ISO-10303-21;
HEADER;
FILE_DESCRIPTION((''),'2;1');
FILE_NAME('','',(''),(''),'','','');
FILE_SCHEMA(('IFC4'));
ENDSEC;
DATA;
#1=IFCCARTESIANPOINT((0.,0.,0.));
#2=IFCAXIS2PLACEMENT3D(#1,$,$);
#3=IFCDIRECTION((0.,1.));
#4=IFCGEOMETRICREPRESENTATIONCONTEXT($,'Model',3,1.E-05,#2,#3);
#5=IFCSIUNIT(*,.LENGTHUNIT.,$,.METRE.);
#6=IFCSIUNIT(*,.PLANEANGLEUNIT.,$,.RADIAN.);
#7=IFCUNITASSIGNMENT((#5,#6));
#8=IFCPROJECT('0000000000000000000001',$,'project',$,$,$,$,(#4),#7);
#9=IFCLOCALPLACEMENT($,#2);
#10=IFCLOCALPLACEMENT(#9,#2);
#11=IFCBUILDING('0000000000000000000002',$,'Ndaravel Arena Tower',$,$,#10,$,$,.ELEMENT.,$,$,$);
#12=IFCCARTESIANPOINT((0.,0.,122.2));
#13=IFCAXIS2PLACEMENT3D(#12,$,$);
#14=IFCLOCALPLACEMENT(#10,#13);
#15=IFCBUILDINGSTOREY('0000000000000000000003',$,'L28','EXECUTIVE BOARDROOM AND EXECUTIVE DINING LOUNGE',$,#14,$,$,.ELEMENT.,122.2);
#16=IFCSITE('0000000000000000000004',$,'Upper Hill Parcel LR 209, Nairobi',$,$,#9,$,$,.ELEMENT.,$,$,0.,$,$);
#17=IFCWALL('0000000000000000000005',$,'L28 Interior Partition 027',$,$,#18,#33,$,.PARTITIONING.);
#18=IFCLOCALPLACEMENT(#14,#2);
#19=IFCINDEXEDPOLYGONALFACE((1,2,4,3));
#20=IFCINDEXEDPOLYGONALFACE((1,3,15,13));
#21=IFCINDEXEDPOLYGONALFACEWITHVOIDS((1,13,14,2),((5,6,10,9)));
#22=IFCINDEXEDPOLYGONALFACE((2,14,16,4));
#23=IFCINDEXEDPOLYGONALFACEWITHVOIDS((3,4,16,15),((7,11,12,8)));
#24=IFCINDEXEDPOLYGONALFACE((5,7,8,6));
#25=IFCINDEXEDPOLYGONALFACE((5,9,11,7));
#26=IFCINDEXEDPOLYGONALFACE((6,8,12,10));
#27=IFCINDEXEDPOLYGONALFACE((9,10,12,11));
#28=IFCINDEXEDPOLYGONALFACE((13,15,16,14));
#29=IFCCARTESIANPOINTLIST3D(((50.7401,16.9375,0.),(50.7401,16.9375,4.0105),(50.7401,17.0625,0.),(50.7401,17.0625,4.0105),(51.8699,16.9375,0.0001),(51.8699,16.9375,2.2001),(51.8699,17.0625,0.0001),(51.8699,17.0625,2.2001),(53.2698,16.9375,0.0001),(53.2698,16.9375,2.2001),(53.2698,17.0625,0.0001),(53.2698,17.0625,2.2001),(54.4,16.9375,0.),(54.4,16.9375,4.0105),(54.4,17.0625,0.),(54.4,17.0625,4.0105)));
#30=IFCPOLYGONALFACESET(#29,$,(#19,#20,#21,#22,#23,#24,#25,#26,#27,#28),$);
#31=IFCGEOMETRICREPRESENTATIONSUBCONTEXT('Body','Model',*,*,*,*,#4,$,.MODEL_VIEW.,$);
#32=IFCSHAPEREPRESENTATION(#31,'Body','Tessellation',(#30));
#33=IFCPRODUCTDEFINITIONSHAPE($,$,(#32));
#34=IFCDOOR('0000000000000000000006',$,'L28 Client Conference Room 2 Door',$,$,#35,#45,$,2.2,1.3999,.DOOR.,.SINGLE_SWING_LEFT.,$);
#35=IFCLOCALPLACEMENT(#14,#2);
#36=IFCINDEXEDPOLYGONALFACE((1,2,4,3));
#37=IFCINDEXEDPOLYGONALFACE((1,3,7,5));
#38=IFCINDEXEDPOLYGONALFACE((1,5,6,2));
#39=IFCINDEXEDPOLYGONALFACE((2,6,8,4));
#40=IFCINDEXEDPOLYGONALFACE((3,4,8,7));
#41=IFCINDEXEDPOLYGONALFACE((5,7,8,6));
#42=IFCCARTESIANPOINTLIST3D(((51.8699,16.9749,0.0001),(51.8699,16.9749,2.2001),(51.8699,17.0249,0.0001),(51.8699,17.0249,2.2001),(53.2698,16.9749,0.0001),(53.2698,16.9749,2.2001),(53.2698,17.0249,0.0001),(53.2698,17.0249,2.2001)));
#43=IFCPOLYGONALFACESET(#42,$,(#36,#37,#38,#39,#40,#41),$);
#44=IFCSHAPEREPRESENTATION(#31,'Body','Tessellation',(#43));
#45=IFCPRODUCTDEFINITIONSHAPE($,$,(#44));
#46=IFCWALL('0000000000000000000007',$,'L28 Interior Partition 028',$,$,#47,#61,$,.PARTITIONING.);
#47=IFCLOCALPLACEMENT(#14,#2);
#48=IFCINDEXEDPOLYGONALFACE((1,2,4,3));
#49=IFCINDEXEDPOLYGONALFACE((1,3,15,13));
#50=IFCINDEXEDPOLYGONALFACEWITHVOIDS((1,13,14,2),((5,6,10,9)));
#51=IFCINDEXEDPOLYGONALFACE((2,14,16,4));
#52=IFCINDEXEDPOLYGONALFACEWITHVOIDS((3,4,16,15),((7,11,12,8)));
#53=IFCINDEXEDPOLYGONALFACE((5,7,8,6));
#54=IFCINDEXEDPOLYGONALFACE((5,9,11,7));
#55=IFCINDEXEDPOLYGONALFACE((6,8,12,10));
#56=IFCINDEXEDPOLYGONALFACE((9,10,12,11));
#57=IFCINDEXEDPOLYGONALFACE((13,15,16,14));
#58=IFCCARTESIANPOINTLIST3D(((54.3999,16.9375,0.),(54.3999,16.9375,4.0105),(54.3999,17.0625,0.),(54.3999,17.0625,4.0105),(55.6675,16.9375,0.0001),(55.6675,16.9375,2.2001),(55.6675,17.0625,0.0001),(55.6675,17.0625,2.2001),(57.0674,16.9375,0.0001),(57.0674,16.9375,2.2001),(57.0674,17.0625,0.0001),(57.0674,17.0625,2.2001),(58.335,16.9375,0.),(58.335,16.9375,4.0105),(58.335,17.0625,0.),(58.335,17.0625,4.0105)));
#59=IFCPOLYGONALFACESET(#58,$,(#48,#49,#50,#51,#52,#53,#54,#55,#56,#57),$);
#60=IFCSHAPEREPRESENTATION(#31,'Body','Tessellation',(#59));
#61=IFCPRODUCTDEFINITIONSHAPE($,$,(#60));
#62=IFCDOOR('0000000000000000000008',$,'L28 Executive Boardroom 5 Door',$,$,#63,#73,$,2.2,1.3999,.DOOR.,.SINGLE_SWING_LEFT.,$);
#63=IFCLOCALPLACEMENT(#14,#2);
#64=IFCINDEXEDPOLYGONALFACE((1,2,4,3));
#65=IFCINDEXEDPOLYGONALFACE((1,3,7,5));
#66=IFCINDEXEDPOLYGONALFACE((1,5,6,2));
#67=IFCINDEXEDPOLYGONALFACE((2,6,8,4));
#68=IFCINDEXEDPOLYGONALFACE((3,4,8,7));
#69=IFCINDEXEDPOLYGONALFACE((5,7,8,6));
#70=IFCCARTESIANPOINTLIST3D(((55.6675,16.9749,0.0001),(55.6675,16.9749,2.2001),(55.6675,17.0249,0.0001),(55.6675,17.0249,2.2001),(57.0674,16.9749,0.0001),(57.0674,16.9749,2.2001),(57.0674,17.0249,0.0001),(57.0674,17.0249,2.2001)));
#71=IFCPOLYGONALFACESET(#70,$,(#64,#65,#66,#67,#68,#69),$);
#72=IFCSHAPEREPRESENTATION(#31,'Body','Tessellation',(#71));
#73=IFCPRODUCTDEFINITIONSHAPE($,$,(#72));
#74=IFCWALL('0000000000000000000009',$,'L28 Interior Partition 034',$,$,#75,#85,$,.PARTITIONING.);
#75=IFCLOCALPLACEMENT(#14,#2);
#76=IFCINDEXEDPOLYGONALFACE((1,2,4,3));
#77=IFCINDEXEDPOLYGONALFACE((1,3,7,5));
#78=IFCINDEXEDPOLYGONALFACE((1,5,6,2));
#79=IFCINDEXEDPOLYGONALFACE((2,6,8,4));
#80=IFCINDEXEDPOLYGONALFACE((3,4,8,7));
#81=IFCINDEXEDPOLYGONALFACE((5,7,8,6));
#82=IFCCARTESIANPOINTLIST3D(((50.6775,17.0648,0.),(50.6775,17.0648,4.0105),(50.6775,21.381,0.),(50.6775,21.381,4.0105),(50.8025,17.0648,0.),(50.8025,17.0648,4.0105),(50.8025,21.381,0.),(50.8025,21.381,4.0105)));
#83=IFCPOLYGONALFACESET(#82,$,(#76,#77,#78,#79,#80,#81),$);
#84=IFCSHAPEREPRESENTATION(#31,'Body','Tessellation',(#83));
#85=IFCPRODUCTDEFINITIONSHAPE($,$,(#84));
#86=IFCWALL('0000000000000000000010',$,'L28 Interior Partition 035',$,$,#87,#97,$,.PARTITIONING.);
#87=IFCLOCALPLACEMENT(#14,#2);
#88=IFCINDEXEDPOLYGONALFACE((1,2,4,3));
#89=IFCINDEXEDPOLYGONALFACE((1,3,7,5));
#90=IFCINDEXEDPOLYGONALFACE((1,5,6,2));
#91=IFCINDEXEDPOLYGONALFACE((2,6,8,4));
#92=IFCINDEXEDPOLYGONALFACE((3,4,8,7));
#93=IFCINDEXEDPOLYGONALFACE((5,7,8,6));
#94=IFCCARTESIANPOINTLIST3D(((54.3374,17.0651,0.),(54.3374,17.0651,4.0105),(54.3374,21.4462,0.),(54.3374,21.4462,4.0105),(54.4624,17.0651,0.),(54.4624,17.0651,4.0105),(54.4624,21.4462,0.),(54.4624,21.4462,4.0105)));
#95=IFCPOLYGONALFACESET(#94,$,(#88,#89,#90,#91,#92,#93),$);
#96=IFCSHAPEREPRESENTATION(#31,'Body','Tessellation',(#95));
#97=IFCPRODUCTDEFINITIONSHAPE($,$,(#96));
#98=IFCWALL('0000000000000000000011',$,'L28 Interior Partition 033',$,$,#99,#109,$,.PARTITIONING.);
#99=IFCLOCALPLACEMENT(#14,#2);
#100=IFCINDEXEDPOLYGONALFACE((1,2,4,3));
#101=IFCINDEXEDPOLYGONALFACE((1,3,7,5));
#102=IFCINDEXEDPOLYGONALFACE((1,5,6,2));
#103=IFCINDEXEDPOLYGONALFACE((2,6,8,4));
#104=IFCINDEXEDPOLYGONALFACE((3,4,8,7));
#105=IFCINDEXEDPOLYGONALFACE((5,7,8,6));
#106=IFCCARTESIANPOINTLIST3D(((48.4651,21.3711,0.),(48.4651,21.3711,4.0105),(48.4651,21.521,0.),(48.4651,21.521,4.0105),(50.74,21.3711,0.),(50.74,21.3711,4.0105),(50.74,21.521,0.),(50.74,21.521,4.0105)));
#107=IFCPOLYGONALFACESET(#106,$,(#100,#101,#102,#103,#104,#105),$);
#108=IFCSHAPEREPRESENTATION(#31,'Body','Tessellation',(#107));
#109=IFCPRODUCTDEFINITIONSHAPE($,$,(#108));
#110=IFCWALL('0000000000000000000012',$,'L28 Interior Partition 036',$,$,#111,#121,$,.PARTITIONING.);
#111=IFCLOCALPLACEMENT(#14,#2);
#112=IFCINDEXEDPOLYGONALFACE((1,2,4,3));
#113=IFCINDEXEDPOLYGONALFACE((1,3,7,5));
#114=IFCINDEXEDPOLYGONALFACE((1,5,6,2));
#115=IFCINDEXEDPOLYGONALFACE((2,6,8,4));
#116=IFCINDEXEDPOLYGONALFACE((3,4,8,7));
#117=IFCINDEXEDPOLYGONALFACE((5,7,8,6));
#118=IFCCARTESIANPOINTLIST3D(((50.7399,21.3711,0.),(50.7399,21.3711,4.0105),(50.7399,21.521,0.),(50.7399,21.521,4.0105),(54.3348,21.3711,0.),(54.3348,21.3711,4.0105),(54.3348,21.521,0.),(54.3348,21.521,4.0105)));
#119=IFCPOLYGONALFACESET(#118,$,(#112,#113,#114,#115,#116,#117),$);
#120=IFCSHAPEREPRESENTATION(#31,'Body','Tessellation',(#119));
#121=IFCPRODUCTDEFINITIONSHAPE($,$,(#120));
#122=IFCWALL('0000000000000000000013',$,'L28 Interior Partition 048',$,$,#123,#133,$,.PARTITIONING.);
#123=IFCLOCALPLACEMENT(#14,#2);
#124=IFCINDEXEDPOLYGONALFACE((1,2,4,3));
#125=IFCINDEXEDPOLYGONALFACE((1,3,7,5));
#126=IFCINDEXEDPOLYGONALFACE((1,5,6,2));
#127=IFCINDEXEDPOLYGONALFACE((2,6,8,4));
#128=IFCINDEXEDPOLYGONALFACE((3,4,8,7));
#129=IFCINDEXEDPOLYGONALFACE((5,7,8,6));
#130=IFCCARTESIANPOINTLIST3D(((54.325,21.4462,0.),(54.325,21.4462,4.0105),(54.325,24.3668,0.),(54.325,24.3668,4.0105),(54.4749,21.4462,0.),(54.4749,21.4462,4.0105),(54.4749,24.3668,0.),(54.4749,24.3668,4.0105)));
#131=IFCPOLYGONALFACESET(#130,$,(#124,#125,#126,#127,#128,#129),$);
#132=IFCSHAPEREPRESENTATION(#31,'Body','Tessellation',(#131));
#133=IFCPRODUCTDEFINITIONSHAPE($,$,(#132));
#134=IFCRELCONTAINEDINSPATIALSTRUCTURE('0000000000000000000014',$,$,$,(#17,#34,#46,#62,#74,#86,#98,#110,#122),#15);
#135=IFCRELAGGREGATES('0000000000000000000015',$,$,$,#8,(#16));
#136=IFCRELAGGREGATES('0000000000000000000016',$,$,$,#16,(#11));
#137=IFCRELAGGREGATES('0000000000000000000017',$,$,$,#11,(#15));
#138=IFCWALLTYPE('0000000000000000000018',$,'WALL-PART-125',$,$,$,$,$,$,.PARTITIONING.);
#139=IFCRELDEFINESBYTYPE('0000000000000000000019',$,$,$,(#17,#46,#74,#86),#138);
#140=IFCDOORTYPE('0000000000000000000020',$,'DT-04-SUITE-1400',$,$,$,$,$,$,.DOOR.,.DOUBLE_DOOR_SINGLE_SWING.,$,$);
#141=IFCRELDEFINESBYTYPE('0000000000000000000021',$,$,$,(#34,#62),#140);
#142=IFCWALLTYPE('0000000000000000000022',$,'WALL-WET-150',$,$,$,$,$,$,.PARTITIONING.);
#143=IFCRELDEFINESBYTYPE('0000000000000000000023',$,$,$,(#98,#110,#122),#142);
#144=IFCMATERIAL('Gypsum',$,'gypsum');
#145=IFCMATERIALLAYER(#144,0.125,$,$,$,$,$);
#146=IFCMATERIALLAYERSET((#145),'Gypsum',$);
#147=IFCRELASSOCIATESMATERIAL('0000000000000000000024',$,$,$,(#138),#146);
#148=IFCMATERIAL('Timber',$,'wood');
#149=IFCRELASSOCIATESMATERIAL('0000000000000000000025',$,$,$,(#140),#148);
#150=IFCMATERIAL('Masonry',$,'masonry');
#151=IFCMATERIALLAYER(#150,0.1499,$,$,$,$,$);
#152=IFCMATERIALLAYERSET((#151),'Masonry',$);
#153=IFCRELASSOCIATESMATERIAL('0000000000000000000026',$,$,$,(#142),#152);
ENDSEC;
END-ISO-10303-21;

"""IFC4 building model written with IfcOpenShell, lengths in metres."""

from ifc_helpers import new_model, si_unit, direction, frame, frame_2d, origin, place, context, subcontext, project, spatial, rectangle, extrude, material, layer, layer_set, type_object, element, fill, save


model = new_model("IFC4")

# Units and contexts
model_context = context("Model", 3, precision=1e-05, world=origin(), true_north=direction((0.0, 1.0)))
body_context = subcontext(model_context, "Body", "Model", "MODEL_VIEW")
ifc_project = project(units=[si_unit("LENGTHUNIT", "METRE"), si_unit("PLANEANGLEUNIT", "RADIAN")], contexts=[model_context])

# Site, building, storey
site_placement = place(None, origin())
site = spatial("IfcSite", under=ifc_project, at=site_placement, Name="Upper Hill Parcel LR 209, Nairobi", CompositionType="ELEMENT", RefElevation=0.0)
building_placement = place(site_placement, origin())
building = spatial("IfcBuilding", under=site, at=building_placement, Name="Ndaravel Arena Tower", CompositionType="ELEMENT")
storey_placement = place(building_placement, frame((0.0, 0.0, 122.2)))
storey = spatial("IfcBuildingStorey", under=building, at=storey_placement, Name="L28", Description="EXECUTIVE BOARDROOM AND EXECUTIVE DINING LOUNGE", CompositionType="ELEMENT", Elevation=122.2)

# Shared definitions
ifc_material_1 = material(Name="Gypsum", Category="gypsum")
ifc_layer_1 = layer(ifc_material_1, 0.125)
ifc_layer_set_1 = layer_set([ifc_layer_1], Name="Gypsum")
wall_type_1 = type_object("IfcWallType", Name="WALL-PART-125", PredefinedType="PARTITIONING", material=ifc_layer_set_1)

# Walls, openings, doors
wall_1_placement = place(storey_placement, frame((50.74, 17.0, 0.0), z_axis=(0.0, 0.0, 1.0), x_axis=(1.0, 0.0, 0.0)))
wall_1 = element("IfcWall", 1, at=wall_1_placement, inside=storey, type_object=wall_type_1, Name="L28 Interior Partition 027", PredefinedType="PARTITIONING", context=body_context, shape_type="SweptSolid", body=[
    extrude(rectangle(XDim=3.6599, YDim=0.125, at=frame_2d((1.8301, 0.0))), origin(), (0.0, 0.0, 1.0), 4.0105),
])
opening_1_placement = place(wall_1_placement, frame((1.1299, 0.0, 0.0)))
opening_1 = element("IfcOpeningElement", 2, at=opening_1_placement, cuts=wall_1, PredefinedType="OPENING", context=body_context, shape_type="SweptSolid", body=[
    extrude(rectangle(XDim=1.3999, YDim=2.2, at=frame_2d((0.7, 1.1001))), frame((0.0, 0.0625, 0.0), z_axis=(0.0, -1.0, 0.0), x_axis=(1.0, 0.0, 0.0)), (0.0, 0.0, 1.0), 0.125),
])
ifc_material_2 = material(Name="Timber", Category="wood")
door_type_1 = type_object("IfcDoorType", Name="DT-04-SUITE-1400", OperationType="DOUBLE_DOOR_SINGLE_SWING", PredefinedType="DOOR", material=ifc_material_2)
door_1_placement = place(opening_1_placement, origin())
door_1 = element("IfcDoor", 3, at=door_1_placement, inside=storey, type_object=door_type_1, Name="L28 Client Conference Room 2 Door", OperationType="SINGLE_SWING_LEFT", OverallHeight=2.2, OverallWidth=1.3999, PredefinedType="DOOR", context=body_context, shape_type="SweptSolid", body=[
    extrude(rectangle(XDim=1.3999, YDim=2.2, at=frame_2d((0.7, 1.1001))), frame((0.0, 0.0249, 0.0), z_axis=(0.0, -1.0, 0.0), x_axis=(1.0, 0.0, 0.0)), (0.0, 0.0, 1.0), 0.05),
])
fill(opening_1, door_1)
wall_2_placement = place(storey_placement, frame((54.3999, 17.0, 0.0), z_axis=(0.0, 0.0, 1.0), x_axis=(1.0, 0.0, 0.0)))
wall_2 = element("IfcWall", 4, at=wall_2_placement, inside=storey, type_object=wall_type_1, Name="L28 Interior Partition 028", PredefinedType="PARTITIONING", context=body_context, shape_type="SweptSolid", body=[
    extrude(rectangle(XDim=3.9351, YDim=0.125, at=frame_2d((1.9675, 0.0))), origin(), (0.0, 0.0, 1.0), 4.0105),
])
opening_2_placement = place(wall_2_placement, frame((1.2676, 0.0, 0.0)))
opening_2 = element("IfcOpeningElement", 5, at=opening_2_placement, cuts=wall_2, PredefinedType="OPENING", context=body_context, shape_type="SweptSolid", body=[
    extrude(rectangle(XDim=1.3999, YDim=2.2, at=frame_2d((0.7, 1.1001))), frame((0.0, 0.0625, 0.0), z_axis=(0.0, -1.0, 0.0), x_axis=(1.0, 0.0, 0.0)), (0.0, 0.0, 1.0), 0.125),
])
door_2_placement = place(opening_2_placement, origin())
door_2 = element("IfcDoor", 6, at=door_2_placement, inside=storey, type_object=door_type_1, Name="L28 Executive Boardroom 5 Door", OperationType="SINGLE_SWING_LEFT", OverallHeight=2.2, OverallWidth=1.3999, PredefinedType="DOOR", context=body_context, shape_type="SweptSolid", body=[
    extrude(rectangle(XDim=1.3999, YDim=2.2, at=frame_2d((0.7, 1.1001))), frame((0.0, 0.0249, 0.0), z_axis=(0.0, -1.0, 0.0), x_axis=(1.0, 0.0, 0.0)), (0.0, 0.0, 1.0), 0.05),
])
fill(opening_2, door_2)

# Walls
wall_3_placement = place(storey_placement, frame((50.74, 21.3811, 0.0), z_axis=(0.0, 0.0, 1.0), x_axis=(0.0, -1.0, 0.0)))
element("IfcWall", 7, at=wall_3_placement, inside=storey, type_object=wall_type_1, Name="L28 Interior Partition 034", PredefinedType="PARTITIONING", context=body_context, shape_type="SweptSolid", body=[
    extrude(rectangle(XDim=4.3162, YDim=0.125, at=frame_2d((2.1582, 0.0))), origin(), (0.0, 0.0, 1.0), 4.0105),
])
wall_4_placement = place(storey_placement, frame((54.3999, 21.446, 0.0), z_axis=(0.0, 0.0, 1.0), x_axis=(0.0, -1.0, 0.0)))
element("IfcWall", 8, at=wall_4_placement, inside=storey, type_object=wall_type_1, Name="L28 Interior Partition 035", PredefinedType="PARTITIONING", context=body_context, shape_type="SweptSolid", body=[
    extrude(rectangle(XDim=4.3811, YDim=0.125, at=frame_2d((2.1904, 0.0))), origin(), (0.0, 0.0, 1.0), 4.0105),
])
ifc_material_3 = material(Name="Masonry", Category="masonry")
ifc_layer_2 = layer(ifc_material_3, 0.1499)
ifc_layer_set_2 = layer_set([ifc_layer_2], Name="Masonry")
wall_type_2 = type_object("IfcWallType", Name="WALL-WET-150", PredefinedType="PARTITIONING", material=ifc_layer_set_2)
wall_5_placement = place(storey_placement, frame((48.4651, 21.446, 0.0), z_axis=(0.0, 0.0, 1.0), x_axis=(1.0, 0.0, 0.0)))
element("IfcWall", 9, at=wall_5_placement, inside=storey, type_object=wall_type_2, Name="L28 Interior Partition 033", PredefinedType="PARTITIONING", context=body_context, shape_type="SweptSolid", body=[
    extrude(rectangle(XDim=2.2749, YDim=0.1499, at=frame_2d((1.1375, 0.0))), origin(), (0.0, 0.0, 1.0), 4.0105),
])
wall_6_placement = place(storey_placement, frame((50.74, 21.446, 0.0), z_axis=(0.0, 0.0, 1.0), x_axis=(1.0, 0.0, 0.0)))
element("IfcWall", 10, at=wall_6_placement, inside=storey, type_object=wall_type_2, Name="L28 Interior Partition 036", PredefinedType="PARTITIONING", context=body_context, shape_type="SweptSolid", body=[
    extrude(rectangle(XDim=3.595, YDim=0.1499, at=frame_2d((1.7974, 0.0))), origin(), (0.0, 0.0, 1.0), 4.0105),
])
wall_7_placement = place(storey_placement, frame((54.3999, 21.446, 0.0), z_axis=(0.0, 0.0, 1.0), x_axis=(0.0, 1.0, 0.0)))
element("IfcWall", 11, at=wall_7_placement, inside=storey, type_object=wall_type_2, Name="L28 Interior Partition 048", PredefinedType="PARTITIONING", context=body_context, shape_type="SweptSolid", body=[
    extrude(rectangle(XDim=2.9207, YDim=0.1499, at=frame_2d((1.4604, 0.0))), origin(), (0.0, 0.0, 1.0), 4.0105),
])

save(model, "model.ifc")
